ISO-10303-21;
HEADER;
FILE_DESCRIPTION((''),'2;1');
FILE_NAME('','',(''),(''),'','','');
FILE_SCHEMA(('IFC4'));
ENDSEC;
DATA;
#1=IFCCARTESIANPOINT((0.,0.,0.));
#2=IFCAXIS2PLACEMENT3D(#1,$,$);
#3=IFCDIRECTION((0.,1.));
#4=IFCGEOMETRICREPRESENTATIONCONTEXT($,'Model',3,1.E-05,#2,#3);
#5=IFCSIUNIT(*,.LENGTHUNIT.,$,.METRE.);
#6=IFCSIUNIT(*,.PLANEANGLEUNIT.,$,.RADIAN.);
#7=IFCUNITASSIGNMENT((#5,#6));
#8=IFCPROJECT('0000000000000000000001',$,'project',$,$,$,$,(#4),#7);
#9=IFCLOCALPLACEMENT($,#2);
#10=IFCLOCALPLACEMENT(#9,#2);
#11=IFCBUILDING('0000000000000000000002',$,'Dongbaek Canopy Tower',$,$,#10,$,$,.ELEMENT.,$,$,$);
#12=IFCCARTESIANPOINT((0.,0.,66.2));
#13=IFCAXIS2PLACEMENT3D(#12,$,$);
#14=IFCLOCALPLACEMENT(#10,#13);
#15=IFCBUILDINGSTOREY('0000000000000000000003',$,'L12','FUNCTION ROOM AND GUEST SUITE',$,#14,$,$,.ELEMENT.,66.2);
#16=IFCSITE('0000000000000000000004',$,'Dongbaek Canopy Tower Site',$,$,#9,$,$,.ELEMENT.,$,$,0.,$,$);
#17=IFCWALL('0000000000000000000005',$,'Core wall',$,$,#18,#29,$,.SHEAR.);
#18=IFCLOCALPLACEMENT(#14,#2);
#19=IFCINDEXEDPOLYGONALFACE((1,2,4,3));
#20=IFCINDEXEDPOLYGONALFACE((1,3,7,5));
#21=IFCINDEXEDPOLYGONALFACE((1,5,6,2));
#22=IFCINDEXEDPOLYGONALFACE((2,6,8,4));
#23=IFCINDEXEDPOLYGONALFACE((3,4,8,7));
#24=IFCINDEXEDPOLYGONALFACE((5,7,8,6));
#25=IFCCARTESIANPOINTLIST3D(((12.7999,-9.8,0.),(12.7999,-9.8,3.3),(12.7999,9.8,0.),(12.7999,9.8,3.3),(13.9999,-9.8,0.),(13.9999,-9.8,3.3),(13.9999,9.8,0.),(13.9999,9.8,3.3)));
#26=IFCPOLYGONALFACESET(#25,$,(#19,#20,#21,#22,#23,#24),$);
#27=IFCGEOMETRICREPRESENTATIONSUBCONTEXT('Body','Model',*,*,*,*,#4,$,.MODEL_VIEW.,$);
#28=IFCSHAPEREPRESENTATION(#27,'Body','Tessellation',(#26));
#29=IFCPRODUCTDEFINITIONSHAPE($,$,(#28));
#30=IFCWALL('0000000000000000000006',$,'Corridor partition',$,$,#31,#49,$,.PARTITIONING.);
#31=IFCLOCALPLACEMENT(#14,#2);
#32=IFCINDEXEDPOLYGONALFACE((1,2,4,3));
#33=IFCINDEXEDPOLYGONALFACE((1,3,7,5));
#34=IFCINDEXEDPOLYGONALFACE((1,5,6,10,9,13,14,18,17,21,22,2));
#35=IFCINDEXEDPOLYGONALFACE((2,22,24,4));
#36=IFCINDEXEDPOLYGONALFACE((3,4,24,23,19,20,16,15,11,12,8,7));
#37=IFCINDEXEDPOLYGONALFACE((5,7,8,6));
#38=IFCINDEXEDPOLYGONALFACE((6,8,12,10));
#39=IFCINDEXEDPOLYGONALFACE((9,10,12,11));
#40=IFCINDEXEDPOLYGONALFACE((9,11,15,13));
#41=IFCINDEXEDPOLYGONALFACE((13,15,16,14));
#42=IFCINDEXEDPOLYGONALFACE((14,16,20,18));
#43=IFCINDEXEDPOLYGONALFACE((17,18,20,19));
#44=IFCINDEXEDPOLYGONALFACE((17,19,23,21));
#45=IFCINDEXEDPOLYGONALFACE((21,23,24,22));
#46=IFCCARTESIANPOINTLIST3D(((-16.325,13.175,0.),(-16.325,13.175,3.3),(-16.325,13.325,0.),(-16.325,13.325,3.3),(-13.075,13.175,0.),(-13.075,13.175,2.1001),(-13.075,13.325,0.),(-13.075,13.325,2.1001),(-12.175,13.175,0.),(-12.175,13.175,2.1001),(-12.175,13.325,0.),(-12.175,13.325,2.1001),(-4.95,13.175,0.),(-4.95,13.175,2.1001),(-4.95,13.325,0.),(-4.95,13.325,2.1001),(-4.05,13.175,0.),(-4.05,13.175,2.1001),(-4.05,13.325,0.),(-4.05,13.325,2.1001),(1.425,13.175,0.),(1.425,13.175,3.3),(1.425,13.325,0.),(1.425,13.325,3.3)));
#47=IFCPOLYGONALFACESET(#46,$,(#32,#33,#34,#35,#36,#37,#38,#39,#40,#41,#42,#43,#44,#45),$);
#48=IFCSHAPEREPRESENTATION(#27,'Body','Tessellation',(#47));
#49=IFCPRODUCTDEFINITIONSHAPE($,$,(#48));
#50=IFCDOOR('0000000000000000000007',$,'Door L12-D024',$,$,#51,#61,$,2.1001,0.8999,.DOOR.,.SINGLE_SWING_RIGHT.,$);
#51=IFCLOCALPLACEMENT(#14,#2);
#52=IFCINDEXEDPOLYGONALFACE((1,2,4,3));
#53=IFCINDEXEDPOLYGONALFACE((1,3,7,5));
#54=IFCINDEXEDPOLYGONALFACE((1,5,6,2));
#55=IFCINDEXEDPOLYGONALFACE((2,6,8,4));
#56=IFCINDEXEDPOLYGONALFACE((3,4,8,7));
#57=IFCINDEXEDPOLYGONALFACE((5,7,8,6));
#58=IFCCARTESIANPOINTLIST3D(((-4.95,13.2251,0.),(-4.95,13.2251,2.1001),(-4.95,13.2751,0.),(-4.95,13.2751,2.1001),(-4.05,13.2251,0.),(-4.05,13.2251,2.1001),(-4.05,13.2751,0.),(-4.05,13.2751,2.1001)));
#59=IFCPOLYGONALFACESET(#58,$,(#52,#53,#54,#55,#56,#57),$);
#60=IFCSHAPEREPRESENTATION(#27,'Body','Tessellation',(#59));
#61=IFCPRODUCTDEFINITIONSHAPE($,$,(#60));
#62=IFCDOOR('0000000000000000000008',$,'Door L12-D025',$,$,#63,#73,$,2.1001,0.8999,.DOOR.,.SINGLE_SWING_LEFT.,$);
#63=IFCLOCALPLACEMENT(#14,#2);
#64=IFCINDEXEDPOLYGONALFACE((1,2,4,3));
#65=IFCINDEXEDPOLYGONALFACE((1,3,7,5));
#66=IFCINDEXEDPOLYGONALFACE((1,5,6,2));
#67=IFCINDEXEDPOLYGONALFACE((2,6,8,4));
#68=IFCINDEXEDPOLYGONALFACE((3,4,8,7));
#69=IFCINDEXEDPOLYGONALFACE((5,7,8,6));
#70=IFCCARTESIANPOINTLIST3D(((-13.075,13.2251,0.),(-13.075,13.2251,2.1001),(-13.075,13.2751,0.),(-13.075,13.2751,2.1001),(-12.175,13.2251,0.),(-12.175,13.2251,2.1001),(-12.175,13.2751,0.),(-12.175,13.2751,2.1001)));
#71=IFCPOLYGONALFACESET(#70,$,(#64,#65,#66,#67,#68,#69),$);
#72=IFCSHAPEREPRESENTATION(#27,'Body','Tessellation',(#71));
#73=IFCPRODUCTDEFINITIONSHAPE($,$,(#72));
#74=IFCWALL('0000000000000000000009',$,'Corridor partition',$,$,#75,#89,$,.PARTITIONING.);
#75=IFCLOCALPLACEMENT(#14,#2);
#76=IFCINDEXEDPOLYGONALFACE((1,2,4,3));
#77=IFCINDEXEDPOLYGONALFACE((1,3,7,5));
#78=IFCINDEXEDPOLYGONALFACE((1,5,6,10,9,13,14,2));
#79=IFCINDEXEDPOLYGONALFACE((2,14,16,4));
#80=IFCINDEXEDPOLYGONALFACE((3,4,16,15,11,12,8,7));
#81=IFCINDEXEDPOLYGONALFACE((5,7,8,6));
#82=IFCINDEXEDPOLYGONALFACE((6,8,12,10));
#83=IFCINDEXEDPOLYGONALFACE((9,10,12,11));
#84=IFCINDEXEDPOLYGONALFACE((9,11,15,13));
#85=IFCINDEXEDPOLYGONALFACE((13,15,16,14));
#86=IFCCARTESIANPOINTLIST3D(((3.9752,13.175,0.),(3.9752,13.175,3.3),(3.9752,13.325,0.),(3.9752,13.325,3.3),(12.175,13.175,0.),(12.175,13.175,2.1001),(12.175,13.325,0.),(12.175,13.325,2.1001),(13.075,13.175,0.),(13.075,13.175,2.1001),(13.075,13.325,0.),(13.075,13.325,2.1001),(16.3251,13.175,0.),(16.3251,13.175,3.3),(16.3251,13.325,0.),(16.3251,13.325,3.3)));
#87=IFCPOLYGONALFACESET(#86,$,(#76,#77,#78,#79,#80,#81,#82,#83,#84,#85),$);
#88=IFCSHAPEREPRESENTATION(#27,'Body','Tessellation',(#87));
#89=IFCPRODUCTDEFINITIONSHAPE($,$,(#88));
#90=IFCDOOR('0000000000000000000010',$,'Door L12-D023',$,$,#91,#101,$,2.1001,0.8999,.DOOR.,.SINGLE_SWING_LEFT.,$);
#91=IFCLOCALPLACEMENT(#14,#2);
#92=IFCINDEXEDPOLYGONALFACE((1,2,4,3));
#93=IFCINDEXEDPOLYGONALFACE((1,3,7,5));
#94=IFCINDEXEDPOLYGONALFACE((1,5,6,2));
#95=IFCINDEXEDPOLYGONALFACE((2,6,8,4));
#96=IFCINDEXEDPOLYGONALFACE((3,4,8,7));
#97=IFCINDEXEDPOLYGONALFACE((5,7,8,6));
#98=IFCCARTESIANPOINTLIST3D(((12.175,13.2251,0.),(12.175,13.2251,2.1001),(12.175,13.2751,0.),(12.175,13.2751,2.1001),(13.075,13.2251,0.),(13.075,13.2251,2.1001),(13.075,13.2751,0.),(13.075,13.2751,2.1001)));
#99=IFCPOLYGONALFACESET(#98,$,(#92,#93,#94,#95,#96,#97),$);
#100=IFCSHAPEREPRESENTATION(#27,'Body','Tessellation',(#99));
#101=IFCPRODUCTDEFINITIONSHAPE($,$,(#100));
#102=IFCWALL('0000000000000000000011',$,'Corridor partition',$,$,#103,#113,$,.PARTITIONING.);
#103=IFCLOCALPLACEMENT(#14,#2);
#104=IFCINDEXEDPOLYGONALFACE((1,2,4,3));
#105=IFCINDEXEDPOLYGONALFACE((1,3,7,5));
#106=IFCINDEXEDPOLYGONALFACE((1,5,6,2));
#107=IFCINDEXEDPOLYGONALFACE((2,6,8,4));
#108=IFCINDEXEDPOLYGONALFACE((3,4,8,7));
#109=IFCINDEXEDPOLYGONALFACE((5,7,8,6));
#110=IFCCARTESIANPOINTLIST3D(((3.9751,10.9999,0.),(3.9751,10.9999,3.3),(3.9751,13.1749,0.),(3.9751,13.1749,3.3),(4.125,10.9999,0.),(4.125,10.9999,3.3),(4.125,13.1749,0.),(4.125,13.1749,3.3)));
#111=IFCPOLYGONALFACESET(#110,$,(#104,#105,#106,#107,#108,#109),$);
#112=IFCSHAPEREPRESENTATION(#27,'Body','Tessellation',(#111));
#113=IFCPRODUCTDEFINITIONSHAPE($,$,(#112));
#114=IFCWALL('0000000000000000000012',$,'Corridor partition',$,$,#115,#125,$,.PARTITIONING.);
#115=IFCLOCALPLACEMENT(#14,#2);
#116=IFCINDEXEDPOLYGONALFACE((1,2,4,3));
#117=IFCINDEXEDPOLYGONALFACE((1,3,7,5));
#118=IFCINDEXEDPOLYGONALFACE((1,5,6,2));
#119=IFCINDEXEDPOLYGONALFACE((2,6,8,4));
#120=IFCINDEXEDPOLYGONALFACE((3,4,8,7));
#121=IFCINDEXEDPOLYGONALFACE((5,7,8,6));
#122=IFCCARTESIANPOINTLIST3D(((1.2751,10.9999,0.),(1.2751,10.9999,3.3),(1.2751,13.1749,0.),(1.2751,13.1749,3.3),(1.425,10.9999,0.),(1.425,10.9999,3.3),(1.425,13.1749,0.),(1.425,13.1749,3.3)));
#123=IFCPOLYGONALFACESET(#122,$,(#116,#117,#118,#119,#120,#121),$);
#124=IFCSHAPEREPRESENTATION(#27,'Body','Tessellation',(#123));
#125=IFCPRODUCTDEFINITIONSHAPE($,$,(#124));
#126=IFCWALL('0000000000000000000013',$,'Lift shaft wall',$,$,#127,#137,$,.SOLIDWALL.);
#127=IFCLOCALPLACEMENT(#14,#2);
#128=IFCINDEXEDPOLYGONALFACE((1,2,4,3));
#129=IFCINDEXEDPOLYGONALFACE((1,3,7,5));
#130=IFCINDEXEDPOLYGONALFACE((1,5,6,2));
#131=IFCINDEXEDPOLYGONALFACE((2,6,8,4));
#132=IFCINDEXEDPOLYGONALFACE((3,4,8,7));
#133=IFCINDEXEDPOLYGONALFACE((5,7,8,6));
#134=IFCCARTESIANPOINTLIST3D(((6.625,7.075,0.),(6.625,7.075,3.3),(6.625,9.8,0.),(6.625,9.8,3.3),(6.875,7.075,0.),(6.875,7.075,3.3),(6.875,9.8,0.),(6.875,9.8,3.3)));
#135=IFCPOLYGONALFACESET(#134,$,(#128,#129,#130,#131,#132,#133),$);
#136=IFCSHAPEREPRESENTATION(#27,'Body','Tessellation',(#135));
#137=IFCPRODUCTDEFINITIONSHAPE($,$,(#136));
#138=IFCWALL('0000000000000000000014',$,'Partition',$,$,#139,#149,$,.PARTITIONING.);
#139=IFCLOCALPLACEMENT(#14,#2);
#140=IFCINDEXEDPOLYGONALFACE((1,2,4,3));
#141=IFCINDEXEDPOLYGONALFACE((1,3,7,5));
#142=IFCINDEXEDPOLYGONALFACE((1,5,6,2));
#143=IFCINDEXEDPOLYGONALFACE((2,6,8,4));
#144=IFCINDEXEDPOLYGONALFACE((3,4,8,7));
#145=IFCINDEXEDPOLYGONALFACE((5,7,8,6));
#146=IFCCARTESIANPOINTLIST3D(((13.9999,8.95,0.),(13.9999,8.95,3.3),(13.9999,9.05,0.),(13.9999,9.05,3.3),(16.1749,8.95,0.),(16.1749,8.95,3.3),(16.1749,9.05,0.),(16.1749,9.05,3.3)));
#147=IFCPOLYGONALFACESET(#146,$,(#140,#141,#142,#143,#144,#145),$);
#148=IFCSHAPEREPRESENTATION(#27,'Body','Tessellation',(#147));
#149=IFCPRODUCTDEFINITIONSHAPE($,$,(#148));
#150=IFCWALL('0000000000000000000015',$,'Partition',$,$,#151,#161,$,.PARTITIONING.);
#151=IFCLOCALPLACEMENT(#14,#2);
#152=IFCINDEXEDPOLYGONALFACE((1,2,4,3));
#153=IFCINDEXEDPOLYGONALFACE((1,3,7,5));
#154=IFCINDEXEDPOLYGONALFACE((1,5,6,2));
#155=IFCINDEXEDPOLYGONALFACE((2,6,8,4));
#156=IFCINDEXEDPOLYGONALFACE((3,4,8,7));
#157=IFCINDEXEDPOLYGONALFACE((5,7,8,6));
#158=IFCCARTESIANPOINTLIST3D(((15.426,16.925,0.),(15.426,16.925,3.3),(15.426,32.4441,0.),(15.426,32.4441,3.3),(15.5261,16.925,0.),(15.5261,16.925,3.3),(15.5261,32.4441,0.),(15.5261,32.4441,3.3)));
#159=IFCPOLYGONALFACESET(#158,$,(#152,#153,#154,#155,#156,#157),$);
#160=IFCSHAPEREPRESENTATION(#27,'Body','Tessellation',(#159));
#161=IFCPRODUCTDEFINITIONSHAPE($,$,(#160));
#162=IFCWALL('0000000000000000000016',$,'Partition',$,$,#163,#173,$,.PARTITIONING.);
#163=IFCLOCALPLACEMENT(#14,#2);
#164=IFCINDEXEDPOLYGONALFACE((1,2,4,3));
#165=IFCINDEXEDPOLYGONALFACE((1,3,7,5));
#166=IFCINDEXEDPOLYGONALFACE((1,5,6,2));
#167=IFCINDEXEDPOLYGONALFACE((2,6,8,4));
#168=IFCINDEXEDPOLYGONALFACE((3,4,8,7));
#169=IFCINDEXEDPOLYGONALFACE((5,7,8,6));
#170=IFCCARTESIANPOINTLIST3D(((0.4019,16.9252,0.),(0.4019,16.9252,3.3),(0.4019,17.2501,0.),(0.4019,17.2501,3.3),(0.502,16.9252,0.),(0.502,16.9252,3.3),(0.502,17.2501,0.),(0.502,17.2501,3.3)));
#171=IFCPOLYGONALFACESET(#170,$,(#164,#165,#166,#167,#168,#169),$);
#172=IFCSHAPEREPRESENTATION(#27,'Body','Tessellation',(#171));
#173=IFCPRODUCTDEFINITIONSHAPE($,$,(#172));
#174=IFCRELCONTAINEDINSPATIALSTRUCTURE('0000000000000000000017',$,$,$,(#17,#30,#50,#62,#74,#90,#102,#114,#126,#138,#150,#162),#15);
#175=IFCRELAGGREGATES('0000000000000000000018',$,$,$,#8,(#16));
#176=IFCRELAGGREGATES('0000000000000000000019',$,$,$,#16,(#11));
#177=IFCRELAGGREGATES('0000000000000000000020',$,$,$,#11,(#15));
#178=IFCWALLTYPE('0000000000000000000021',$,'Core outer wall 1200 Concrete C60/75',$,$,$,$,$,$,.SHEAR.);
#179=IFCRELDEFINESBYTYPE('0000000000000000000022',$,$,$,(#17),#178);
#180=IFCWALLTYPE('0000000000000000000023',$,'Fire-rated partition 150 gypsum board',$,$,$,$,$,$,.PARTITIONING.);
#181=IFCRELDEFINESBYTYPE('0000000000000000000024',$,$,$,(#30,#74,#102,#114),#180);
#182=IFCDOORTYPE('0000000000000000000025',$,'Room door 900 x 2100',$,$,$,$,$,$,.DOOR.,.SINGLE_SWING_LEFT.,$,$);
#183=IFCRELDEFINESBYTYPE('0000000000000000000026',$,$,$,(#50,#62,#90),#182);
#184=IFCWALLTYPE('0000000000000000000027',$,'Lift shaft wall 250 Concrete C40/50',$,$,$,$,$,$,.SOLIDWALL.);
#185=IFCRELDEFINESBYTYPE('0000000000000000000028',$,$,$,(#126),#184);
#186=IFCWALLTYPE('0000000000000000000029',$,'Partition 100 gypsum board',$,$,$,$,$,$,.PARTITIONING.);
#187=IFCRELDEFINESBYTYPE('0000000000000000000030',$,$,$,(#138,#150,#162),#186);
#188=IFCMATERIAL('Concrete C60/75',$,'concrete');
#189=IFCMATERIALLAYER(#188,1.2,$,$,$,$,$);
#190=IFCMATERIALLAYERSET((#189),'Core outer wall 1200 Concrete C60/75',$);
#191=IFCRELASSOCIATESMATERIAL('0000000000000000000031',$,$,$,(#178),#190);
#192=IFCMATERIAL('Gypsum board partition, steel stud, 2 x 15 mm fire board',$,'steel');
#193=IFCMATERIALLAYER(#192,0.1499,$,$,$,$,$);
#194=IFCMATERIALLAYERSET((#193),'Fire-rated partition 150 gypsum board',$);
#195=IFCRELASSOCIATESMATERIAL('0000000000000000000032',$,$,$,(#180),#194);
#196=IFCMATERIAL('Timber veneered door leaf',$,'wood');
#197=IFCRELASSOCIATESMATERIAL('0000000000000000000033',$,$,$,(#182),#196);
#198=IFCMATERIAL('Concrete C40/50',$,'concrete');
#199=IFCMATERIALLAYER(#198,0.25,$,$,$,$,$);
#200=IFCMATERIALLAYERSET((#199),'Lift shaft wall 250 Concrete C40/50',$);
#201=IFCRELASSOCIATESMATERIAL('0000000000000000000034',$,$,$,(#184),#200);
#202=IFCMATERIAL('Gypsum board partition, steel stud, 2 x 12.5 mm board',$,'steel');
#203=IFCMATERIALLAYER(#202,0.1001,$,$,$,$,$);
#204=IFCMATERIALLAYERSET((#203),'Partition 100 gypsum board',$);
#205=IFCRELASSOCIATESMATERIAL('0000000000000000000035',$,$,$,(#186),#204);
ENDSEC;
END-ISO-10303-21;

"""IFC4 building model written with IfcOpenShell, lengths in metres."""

from ifc_helpers import new_model, si_unit, direction, frame, frame_2d, origin, place, context, subcontext, project, spatial, rectangle, extrude, material, layer, layer_set, type_object, element, fill, save


model = new_model("IFC4")

# Units and contexts
model_context = context("Model", 3, precision=1e-05, world=origin(), true_north=direction((0.0, 1.0)))
body_context = subcontext(model_context, "Body", "Model", "MODEL_VIEW")
ifc_project = project(units=[si_unit("LENGTHUNIT", "METRE"), si_unit("PLANEANGLEUNIT", "RADIAN")], contexts=[model_context])

# Site, building, storey
site_placement = place(None, origin())
site = spatial("IfcSite", under=ifc_project, at=site_placement, Name="Dongbaek Canopy Tower Site", CompositionType="ELEMENT", RefElevation=0.0)
building_placement = place(site_placement, origin())
building = spatial("IfcBuilding", under=site, at=building_placement, Name="Dongbaek Canopy Tower", CompositionType="ELEMENT")
storey_placement = place(building_placement, frame((0.0, 0.0, 66.2)))
storey = spatial("IfcBuildingStorey", under=building, at=storey_placement, Name="L12", Description="FUNCTION ROOM AND GUEST SUITE", CompositionType="ELEMENT", Elevation=66.2)

# Wall
ifc_material_1 = material(Name="Concrete C60/75", Category="concrete")
ifc_layer_1 = layer(ifc_material_1, 1.2)
ifc_layer_set_1 = layer_set([ifc_layer_1], Name="Core outer wall 1200 Concrete C60/75")
wall_type_1 = type_object("IfcWallType", Name="Core outer wall 1200 Concrete C60/75", PredefinedType="SHEAR", material=ifc_layer_set_1)
wall_1_placement = place(storey_placement, frame((13.3999, 9.8, 0.0), z_axis=(0.0, 0.0, 1.0), x_axis=(0.0, -1.0, 0.0)))
element("IfcWall", 1, at=wall_1_placement, inside=storey, type_object=wall_type_1, Name="Core wall", PredefinedType="SHEAR", context=body_context, shape_type="SweptSolid", body=[
    extrude(rectangle(XDim=19.6001, YDim=1.2, at=frame_2d((9.8, 0.0))), origin(), (0.0, 0.0, 1.0), 3.3),
])

# Wall, openings, doors
ifc_material_2 = material(Name="Gypsum board partition, steel stud, 2 x 15 mm fire board", Category="steel")
ifc_layer_2 = layer(ifc_material_2, 0.1499)
ifc_layer_set_2 = layer_set([ifc_layer_2], Name="Fire-rated partition 150 gypsum board")
wall_type_2 = type_object("IfcWallType", Name="Fire-rated partition 150 gypsum board", PredefinedType="PARTITIONING", material=ifc_layer_set_2)
wall_2_placement = place(storey_placement, frame((1.425, 13.25, 0.0), z_axis=(0.0, 0.0, 1.0), x_axis=(-1.0, 0.0, 0.0)))
wall_2 = element("IfcWall", 2, at=wall_2_placement, inside=storey, type_object=wall_type_2, Name="Corridor partition", PredefinedType="PARTITIONING", context=body_context, shape_type="SweptSolid", body=[
    extrude(rectangle(XDim=17.75, YDim=0.1499, at=frame_2d((8.875, 0.0))), origin(), (0.0, 0.0, 1.0), 3.3),
])
opening_1_placement = place(wall_2_placement, frame((5.4751, 0.0, 0.0)))
opening_1 = element("IfcOpeningElement", 3, at=opening_1_placement, cuts=wall_2, PredefinedType="OPENING", context=body_context, shape_type="SweptSolid", body=[
    extrude(rectangle(XDim=0.8999, YDim=2.1001, at=frame_2d((0.45, 1.05))), frame((0.0, 0.085, 0.0), z_axis=(0.0, -1.0, 0.0), x_axis=(1.0, 0.0, 0.0)), (0.0, 0.0, 1.0), 0.1699),
])
opening_2_placement = place(wall_2_placement, frame((13.6001, 0.0, 0.0)))
opening_2 = element("IfcOpeningElement", 4, at=opening_2_placement, cuts=wall_2, PredefinedType="OPENING", context=body_context, shape_type="SweptSolid", body=[
    extrude(rectangle(XDim=0.8999, YDim=2.1001, at=frame_2d((0.45, 1.05))), frame((0.0, 0.085, 0.0), z_axis=(0.0, -1.0, 0.0), x_axis=(1.0, 0.0, 0.0)), (0.0, 0.0, 1.0), 0.1699),
])
ifc_material_3 = material(Name="Timber veneered door leaf", Category="wood")
door_type_1 = type_object("IfcDoorType", Name="Room door 900 x 2100", OperationType="SINGLE_SWING_LEFT", PredefinedType="DOOR", material=ifc_material_3)
door_1_placement = place(opening_1_placement, origin())
door_1 = element("IfcDoor", 5, at=door_1_placement, inside=storey, type_object=door_type_1, Name="Door L12-D024", OperationType="SINGLE_SWING_RIGHT", OverallHeight=2.1001, OverallWidth=0.8999, PredefinedType="DOOR", context=body_context, shape_type="SweptSolid", body=[
    extrude(rectangle(XDim=0.8999, YDim=2.1001, at=frame_2d((0.45, 1.05))), frame((0.0, 0.0249, 0.0), z_axis=(0.0, -1.0, 0.0), x_axis=(1.0, 0.0, 0.0)), (0.0, 0.0, 1.0), 0.05),
])
fill(opening_1, door_1)
door_2_placement = place(opening_2_placement, origin())
door_2 = element("IfcDoor", 6, at=door_2_placement, inside=storey, type_object=door_type_1, Name="Door L12-D025", OperationType="SINGLE_SWING_LEFT", OverallHeight=2.1001, OverallWidth=0.8999, PredefinedType="DOOR", context=body_context, shape_type="SweptSolid", body=[
    extrude(rectangle(XDim=0.8999, YDim=2.1001, at=frame_2d((0.45, 1.05))), frame((0.0, 0.0249, 0.0), z_axis=(0.0, -1.0, 0.0), x_axis=(1.0, 0.0, 0.0)), (0.0, 0.0, 1.0), 0.05),
])
fill(opening_2, door_2)

# Wall, opening, door
wall_3_placement = place(storey_placement, frame((16.325, 13.25, 0.0), z_axis=(0.0, 0.0, 1.0), x_axis=(-1.0, 0.0, 0.0)))
wall_3 = element("IfcWall", 7, at=wall_3_placement, inside=storey, type_object=wall_type_2, Name="Corridor partition", PredefinedType="PARTITIONING", context=body_context, shape_type="SweptSolid", body=[
    extrude(rectangle(XDim=12.3499, YDim=0.1499, at=frame_2d((6.1748, 0.0))), origin(), (0.0, 0.0, 1.0), 3.3),
])
opening_3_placement = place(wall_3_placement, frame((3.25, 0.0, 0.0)))
opening_3 = element("IfcOpeningElement", 8, at=opening_3_placement, cuts=wall_3, PredefinedType="OPENING", context=body_context, shape_type="SweptSolid", body=[
    extrude(rectangle(XDim=0.8999, YDim=2.1001, at=frame_2d((0.45, 1.05))), frame((0.0, 0.085, 0.0), z_axis=(0.0, -1.0, 0.0), x_axis=(1.0, 0.0, 0.0)), (0.0, 0.0, 1.0), 0.1699),
])
door_3_placement = place(opening_3_placement, origin())
door_3 = element("IfcDoor", 9, at=door_3_placement, inside=storey, type_object=door_type_1, Name="Door L12-D023", OperationType="SINGLE_SWING_LEFT", OverallHeight=2.1001, OverallWidth=0.8999, PredefinedType="DOOR", context=body_context, shape_type="SweptSolid", body=[
    extrude(rectangle(XDim=0.8999, YDim=2.1001, at=frame_2d((0.45, 1.05))), frame((0.0, 0.0249, 0.0), z_axis=(0.0, -1.0, 0.0), x_axis=(1.0, 0.0, 0.0)), (0.0, 0.0, 1.0), 0.05),
])
fill(opening_3, door_3)

# Walls
for number, where, z_axis, x_axis, name in (
    (10, (4.05, 11.0, 0.0), (0.0, 0.0, 1.0), (0.0, 1.0, 0.0), "Corridor partition"),
    (11, (1.3501, 11.0, 0.0), (0.0, 0.0, 1.0), (0.0, 1.0, 0.0), "Corridor partition"),
):
    element("IfcWall", number, at=place(storey_placement, frame(where, z_axis=z_axis, x_axis=x_axis)), inside=storey, type_object=wall_type_2, Name=name, PredefinedType="PARTITIONING", context=body_context, shape_type="SweptSolid", body=[
        extrude(rectangle(XDim=2.175, YDim=0.1499, at=frame_2d((1.0874, 0.0))), origin(), (0.0, 0.0, 1.0), 3.3),
    ])
ifc_material_4 = material(Name="Concrete C40/50", Category="concrete")
ifc_layer_3 = layer(ifc_material_4, 0.25)
ifc_layer_set_3 = layer_set([ifc_layer_3], Name="Lift shaft wall 250 Concrete C40/50")
wall_type_3 = type_object("IfcWallType", Name="Lift shaft wall 250 Concrete C40/50", PredefinedType="SOLIDWALL", material=ifc_layer_set_3)
wall_4_placement = place(storey_placement, frame((6.75, 7.075, 0.0), z_axis=(0.0, 0.0, 1.0), x_axis=(0.0, 1.0, 0.0)))
element("IfcWall", 12, at=wall_4_placement, inside=storey, type_object=wall_type_3, Name="Lift shaft wall", PredefinedType="SOLIDWALL", context=body_context, shape_type="SweptSolid", body=[
    extrude(rectangle(XDim=2.7251, YDim=0.25, at=frame_2d((1.3625, 0.0))), origin(), (0.0, 0.0, 1.0), 3.3),
])
ifc_material_5 = material(Name="Gypsum board partition, steel stud, 2 x 12.5 mm board", Category="steel")
ifc_layer_4 = layer(ifc_material_5, 0.1001)
ifc_layer_set_4 = layer_set([ifc_layer_4], Name="Partition 100 gypsum board")
wall_type_4 = type_object("IfcWallType", Name="Partition 100 gypsum board", PredefinedType="PARTITIONING", material=ifc_layer_set_4)
wall_5_placement = place(storey_placement, frame((14.0, 9.0, 0.0), z_axis=(0.0, 0.0, 1.0), x_axis=(1.0, 0.0, 0.0)))
element("IfcWall", 13, at=wall_5_placement, inside=storey, type_object=wall_type_4, Name="Partition", PredefinedType="PARTITIONING", context=body_context, shape_type="SweptSolid", body=[
    extrude(rectangle(XDim=2.175, YDim=0.1001, at=frame_2d((1.0874, 0.0))), origin(), (0.0, 0.0, 1.0), 3.3),
])
wall_6_placement = place(storey_placement, frame((15.4761, 16.925, 0.0), z_axis=(0.0, 0.0, 1.0), x_axis=(0.0, 1.0, 0.0)))
element("IfcWall", 14, at=wall_6_placement, inside=storey, type_object=wall_type_4, Name="Partition", PredefinedType="PARTITIONING", context=body_context, shape_type="SweptSolid", body=[
    extrude(rectangle(XDim=15.519, YDim=0.1001, at=frame_2d((7.7595, 0.0))), origin(), (0.0, 0.0, 1.0), 3.3),
])
wall_7_placement = place(storey_placement, frame((0.4519, 16.925, 0.0), z_axis=(0.0, 0.0, 1.0), x_axis=(0.0, 1.0, 0.0)))
element("IfcWall", 15, at=wall_7_placement, inside=storey, type_object=wall_type_4, Name="Partition", PredefinedType="PARTITIONING", context=body_context, shape_type="SweptSolid", body=[
    extrude(rectangle(XDim=0.325, YDim=0.1001, at=frame_2d((0.1626, 0.0))), origin(), (0.0, 0.0, 1.0), 3.3),
])

save(model, "model.ifc")
